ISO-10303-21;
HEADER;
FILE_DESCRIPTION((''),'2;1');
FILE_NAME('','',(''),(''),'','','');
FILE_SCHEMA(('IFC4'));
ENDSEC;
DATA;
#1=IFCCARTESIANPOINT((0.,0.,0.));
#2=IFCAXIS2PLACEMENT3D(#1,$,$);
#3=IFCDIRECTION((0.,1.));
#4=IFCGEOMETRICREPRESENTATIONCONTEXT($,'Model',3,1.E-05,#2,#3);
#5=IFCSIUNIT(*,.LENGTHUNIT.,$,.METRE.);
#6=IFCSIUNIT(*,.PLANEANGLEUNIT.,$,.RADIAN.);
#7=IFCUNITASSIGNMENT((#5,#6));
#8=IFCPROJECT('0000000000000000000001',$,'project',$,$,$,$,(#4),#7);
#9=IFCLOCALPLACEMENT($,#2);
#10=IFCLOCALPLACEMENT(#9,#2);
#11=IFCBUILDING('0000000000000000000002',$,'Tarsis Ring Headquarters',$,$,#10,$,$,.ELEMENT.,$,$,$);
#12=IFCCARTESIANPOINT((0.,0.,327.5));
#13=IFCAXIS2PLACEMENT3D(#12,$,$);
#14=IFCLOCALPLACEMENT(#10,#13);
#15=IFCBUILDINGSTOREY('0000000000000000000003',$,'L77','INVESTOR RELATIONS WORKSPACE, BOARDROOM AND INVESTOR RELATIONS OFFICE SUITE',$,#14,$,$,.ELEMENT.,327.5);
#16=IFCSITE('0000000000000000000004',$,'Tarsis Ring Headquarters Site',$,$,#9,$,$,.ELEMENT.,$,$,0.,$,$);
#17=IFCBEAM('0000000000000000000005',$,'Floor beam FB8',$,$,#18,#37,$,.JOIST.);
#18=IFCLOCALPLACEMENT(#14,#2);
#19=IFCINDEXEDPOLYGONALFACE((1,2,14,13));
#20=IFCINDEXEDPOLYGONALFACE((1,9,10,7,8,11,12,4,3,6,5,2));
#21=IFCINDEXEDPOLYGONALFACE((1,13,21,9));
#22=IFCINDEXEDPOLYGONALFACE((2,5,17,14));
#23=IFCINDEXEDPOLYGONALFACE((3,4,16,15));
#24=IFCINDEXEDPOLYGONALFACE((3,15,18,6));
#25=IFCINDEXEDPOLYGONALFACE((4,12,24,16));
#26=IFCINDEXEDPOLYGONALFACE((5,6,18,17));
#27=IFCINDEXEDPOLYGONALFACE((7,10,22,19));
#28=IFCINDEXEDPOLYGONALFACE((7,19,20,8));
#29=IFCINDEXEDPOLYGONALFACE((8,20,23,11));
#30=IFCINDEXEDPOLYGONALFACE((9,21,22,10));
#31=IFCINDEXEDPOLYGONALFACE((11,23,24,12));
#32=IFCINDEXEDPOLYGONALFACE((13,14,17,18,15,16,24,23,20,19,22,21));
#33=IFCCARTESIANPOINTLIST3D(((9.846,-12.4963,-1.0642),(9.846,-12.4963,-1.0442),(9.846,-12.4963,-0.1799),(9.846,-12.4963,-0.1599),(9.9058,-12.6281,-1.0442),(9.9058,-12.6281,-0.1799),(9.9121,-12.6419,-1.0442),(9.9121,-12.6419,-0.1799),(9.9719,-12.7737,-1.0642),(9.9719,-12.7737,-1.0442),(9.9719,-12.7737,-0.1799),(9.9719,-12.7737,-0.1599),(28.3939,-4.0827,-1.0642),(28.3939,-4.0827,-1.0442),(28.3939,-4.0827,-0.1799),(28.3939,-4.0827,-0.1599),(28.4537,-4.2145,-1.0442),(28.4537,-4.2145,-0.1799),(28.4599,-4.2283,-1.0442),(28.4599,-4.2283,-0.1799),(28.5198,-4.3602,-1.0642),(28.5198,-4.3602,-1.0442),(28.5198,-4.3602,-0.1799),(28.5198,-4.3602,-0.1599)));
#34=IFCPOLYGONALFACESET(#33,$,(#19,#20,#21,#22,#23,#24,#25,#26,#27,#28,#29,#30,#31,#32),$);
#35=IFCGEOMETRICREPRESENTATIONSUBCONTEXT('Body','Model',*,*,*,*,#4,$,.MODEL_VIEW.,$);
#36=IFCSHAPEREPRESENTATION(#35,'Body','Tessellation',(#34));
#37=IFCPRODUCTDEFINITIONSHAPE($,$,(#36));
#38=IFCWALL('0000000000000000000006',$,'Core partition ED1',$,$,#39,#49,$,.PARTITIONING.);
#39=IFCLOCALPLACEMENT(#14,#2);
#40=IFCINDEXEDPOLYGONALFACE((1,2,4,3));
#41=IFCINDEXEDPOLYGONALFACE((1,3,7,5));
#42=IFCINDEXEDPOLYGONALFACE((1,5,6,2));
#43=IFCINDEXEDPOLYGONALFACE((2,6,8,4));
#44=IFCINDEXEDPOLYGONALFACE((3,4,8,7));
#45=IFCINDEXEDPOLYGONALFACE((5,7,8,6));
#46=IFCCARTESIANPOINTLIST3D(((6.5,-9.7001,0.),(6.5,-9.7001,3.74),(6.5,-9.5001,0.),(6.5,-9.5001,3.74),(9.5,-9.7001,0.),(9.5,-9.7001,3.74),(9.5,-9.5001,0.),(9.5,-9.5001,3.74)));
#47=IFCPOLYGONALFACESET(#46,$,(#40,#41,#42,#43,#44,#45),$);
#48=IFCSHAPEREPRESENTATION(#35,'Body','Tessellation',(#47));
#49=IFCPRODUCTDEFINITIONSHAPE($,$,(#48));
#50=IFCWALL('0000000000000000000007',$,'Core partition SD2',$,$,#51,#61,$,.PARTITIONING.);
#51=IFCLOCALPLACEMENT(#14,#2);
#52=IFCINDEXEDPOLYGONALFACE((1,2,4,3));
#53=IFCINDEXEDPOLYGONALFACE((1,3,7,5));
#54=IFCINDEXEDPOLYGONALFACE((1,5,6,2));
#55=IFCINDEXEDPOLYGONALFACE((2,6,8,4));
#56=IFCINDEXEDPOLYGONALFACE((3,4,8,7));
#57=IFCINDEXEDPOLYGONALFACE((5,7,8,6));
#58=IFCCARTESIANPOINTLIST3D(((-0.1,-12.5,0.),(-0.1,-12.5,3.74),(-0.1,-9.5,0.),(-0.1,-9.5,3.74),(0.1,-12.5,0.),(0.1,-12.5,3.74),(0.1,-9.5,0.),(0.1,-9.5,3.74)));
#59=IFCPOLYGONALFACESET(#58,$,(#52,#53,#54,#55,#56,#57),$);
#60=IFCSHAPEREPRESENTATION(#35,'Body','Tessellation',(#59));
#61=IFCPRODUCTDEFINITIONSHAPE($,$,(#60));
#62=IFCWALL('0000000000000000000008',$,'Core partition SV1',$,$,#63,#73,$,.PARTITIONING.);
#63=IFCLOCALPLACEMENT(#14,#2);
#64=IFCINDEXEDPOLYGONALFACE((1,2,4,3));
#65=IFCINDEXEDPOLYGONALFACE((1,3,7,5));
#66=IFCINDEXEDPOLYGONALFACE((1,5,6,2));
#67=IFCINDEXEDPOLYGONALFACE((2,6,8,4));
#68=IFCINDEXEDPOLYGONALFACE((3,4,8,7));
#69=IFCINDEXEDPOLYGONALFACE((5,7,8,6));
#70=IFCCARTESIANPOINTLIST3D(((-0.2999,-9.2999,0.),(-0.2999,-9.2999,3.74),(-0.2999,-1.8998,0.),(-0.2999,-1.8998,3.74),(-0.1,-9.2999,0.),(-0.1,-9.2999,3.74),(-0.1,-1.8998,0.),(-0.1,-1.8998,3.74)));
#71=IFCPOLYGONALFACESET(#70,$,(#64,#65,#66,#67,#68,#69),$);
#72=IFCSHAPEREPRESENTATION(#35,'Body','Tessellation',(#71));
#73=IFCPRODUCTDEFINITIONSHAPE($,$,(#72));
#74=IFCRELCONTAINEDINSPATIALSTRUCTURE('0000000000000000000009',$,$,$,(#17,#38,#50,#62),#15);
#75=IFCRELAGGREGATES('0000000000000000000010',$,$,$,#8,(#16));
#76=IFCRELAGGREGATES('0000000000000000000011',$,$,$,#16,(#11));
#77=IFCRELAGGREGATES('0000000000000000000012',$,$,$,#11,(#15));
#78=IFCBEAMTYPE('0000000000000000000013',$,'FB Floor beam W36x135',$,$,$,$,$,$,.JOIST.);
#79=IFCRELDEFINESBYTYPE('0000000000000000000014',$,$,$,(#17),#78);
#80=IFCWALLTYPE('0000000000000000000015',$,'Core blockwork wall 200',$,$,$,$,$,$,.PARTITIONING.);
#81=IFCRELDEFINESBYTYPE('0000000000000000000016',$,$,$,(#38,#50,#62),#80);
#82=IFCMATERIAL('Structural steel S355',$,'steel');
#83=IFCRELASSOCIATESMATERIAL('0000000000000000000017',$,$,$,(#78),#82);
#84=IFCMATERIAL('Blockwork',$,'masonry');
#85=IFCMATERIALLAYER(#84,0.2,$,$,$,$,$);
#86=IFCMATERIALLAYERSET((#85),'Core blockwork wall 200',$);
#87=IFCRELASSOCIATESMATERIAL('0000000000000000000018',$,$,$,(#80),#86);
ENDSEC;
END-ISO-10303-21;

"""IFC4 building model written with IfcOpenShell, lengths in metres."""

from ifc_helpers import new_model, si_unit, direction, frame, frame_2d, origin, origin_2d, place, context, subcontext, project, spatial, rectangle, i_section, extrude, material, layer, layer_set, material_profile, profile_set, type_object, element, save


model = new_model("IFC4")

# Units and contexts
model_context = context("Model", 3, precision=1e-05, world=origin(), true_north=direction((0.0, 1.0)))
body_context = subcontext(model_context, "Body", "Model", "MODEL_VIEW")
ifc_project = project(units=[si_unit("LENGTHUNIT", "METRE"), si_unit("PLANEANGLEUNIT", "RADIAN")], contexts=[model_context])

# Site, building, storey
site_placement = place(None, origin())
site = spatial("IfcSite", under=ifc_project, at=site_placement, Name="Tarsis Ring Headquarters Site", CompositionType="ELEMENT", RefElevation=0.0)
building_placement = place(site_placement, origin())
building = spatial("IfcBuilding", under=site, at=building_placement, Name="Tarsis Ring Headquarters", CompositionType="ELEMENT")
storey_placement = place(building_placement, frame((0.0, 0.0, 327.5)))
storey = spatial("IfcBuildingStorey", under=building, at=storey_placement, Name="L77", Description="INVESTOR RELATIONS WORKSPACE, BOARDROOM AND INVESTOR RELATIONS OFFICE SUITE", CompositionType="ELEMENT", Elevation=327.5)

# Beam
ifc_material_1 = material(Name="Structural steel S355", Category="steel")
ifc_material_profile = material_profile(ifc_material_1, i_section(OverallWidth=0.3047, OverallDepth=0.9043, WebThickness=0.0151, FlangeThickness=0.02, at=origin_2d()), Name="W36x135")
ifc_profile_set = profile_set([ifc_material_profile], Name="Structural steel S355")
beam_type = type_object("IfcBeamType", Name="FB Floor beam W36x135", PredefinedType="JOIST", material=ifc_profile_set)
beam_placement = place(storey_placement, frame((9.9089, -12.635, -0.6121), z_axis=(0.910686, 0.4131, 0.0), x_axis=(-0.4131, 0.910686, 0.0)))
element("IfcBeam", 1, at=beam_placement, inside=storey, type_object=beam_type, Name="Floor beam FB8", PredefinedType="JOIST", context=body_context, shape_type="SweptSolid", body=[
    extrude(i_section(OverallWidth=0.3047, OverallDepth=0.9043, WebThickness=0.0151, FlangeThickness=0.02, at=origin_2d()), origin(), (0.0, 0.0, 1.0), 20.3669),
])

# Walls
ifc_material_2 = material(Name="Blockwork", Category="masonry")
ifc_layer_1 = layer(ifc_material_2, 0.2)
ifc_layer_set_1 = layer_set([ifc_layer_1], Name="Core blockwork wall 200")
wall_type_1 = type_object("IfcWallType", Name="Core blockwork wall 200", PredefinedType="PARTITIONING", material=ifc_layer_set_1)
for number, where, z_axis, x_axis, name in (
    (2, (6.5, -9.6001, 0.0), (0.0, 0.0, 1.0), (1.0, 0.0, 0.0), "Core partition ED1"),
    (3, (0.0, -12.5, 0.0), (0.0, 0.0, 1.0), (0.0, 1.0, 0.0), "Core partition SD2"),
):
    element("IfcWall", number, at=place(storey_placement, frame(where, z_axis=z_axis, x_axis=x_axis)), inside=storey, type_object=wall_type_1, Name=name, PredefinedType="PARTITIONING", context=body_context, shape_type="SweptSolid", body=[
        extrude(rectangle(XDim=3.0, YDim=0.2, at=frame_2d((1.5, 0.0))), origin(), (0.0, 0.0, 1.0), 3.74),
    ])
wall_1_placement = place(storey_placement, frame((-0.2, -9.3, 0.0), z_axis=(0.0, 0.0, 1.0), x_axis=(0.0, 1.0, 0.0)))
element("IfcWall", 4, at=wall_1_placement, inside=storey, type_object=wall_type_1, Name="Core partition SV1", PredefinedType="PARTITIONING", context=body_context, shape_type="SweptSolid", body=[
    extrude(rectangle(XDim=7.4001, YDim=0.2, at=frame_2d((3.7002, 0.0))), origin(), (0.0, 0.0, 1.0), 3.74),
])

save(model, "model.ifc")
